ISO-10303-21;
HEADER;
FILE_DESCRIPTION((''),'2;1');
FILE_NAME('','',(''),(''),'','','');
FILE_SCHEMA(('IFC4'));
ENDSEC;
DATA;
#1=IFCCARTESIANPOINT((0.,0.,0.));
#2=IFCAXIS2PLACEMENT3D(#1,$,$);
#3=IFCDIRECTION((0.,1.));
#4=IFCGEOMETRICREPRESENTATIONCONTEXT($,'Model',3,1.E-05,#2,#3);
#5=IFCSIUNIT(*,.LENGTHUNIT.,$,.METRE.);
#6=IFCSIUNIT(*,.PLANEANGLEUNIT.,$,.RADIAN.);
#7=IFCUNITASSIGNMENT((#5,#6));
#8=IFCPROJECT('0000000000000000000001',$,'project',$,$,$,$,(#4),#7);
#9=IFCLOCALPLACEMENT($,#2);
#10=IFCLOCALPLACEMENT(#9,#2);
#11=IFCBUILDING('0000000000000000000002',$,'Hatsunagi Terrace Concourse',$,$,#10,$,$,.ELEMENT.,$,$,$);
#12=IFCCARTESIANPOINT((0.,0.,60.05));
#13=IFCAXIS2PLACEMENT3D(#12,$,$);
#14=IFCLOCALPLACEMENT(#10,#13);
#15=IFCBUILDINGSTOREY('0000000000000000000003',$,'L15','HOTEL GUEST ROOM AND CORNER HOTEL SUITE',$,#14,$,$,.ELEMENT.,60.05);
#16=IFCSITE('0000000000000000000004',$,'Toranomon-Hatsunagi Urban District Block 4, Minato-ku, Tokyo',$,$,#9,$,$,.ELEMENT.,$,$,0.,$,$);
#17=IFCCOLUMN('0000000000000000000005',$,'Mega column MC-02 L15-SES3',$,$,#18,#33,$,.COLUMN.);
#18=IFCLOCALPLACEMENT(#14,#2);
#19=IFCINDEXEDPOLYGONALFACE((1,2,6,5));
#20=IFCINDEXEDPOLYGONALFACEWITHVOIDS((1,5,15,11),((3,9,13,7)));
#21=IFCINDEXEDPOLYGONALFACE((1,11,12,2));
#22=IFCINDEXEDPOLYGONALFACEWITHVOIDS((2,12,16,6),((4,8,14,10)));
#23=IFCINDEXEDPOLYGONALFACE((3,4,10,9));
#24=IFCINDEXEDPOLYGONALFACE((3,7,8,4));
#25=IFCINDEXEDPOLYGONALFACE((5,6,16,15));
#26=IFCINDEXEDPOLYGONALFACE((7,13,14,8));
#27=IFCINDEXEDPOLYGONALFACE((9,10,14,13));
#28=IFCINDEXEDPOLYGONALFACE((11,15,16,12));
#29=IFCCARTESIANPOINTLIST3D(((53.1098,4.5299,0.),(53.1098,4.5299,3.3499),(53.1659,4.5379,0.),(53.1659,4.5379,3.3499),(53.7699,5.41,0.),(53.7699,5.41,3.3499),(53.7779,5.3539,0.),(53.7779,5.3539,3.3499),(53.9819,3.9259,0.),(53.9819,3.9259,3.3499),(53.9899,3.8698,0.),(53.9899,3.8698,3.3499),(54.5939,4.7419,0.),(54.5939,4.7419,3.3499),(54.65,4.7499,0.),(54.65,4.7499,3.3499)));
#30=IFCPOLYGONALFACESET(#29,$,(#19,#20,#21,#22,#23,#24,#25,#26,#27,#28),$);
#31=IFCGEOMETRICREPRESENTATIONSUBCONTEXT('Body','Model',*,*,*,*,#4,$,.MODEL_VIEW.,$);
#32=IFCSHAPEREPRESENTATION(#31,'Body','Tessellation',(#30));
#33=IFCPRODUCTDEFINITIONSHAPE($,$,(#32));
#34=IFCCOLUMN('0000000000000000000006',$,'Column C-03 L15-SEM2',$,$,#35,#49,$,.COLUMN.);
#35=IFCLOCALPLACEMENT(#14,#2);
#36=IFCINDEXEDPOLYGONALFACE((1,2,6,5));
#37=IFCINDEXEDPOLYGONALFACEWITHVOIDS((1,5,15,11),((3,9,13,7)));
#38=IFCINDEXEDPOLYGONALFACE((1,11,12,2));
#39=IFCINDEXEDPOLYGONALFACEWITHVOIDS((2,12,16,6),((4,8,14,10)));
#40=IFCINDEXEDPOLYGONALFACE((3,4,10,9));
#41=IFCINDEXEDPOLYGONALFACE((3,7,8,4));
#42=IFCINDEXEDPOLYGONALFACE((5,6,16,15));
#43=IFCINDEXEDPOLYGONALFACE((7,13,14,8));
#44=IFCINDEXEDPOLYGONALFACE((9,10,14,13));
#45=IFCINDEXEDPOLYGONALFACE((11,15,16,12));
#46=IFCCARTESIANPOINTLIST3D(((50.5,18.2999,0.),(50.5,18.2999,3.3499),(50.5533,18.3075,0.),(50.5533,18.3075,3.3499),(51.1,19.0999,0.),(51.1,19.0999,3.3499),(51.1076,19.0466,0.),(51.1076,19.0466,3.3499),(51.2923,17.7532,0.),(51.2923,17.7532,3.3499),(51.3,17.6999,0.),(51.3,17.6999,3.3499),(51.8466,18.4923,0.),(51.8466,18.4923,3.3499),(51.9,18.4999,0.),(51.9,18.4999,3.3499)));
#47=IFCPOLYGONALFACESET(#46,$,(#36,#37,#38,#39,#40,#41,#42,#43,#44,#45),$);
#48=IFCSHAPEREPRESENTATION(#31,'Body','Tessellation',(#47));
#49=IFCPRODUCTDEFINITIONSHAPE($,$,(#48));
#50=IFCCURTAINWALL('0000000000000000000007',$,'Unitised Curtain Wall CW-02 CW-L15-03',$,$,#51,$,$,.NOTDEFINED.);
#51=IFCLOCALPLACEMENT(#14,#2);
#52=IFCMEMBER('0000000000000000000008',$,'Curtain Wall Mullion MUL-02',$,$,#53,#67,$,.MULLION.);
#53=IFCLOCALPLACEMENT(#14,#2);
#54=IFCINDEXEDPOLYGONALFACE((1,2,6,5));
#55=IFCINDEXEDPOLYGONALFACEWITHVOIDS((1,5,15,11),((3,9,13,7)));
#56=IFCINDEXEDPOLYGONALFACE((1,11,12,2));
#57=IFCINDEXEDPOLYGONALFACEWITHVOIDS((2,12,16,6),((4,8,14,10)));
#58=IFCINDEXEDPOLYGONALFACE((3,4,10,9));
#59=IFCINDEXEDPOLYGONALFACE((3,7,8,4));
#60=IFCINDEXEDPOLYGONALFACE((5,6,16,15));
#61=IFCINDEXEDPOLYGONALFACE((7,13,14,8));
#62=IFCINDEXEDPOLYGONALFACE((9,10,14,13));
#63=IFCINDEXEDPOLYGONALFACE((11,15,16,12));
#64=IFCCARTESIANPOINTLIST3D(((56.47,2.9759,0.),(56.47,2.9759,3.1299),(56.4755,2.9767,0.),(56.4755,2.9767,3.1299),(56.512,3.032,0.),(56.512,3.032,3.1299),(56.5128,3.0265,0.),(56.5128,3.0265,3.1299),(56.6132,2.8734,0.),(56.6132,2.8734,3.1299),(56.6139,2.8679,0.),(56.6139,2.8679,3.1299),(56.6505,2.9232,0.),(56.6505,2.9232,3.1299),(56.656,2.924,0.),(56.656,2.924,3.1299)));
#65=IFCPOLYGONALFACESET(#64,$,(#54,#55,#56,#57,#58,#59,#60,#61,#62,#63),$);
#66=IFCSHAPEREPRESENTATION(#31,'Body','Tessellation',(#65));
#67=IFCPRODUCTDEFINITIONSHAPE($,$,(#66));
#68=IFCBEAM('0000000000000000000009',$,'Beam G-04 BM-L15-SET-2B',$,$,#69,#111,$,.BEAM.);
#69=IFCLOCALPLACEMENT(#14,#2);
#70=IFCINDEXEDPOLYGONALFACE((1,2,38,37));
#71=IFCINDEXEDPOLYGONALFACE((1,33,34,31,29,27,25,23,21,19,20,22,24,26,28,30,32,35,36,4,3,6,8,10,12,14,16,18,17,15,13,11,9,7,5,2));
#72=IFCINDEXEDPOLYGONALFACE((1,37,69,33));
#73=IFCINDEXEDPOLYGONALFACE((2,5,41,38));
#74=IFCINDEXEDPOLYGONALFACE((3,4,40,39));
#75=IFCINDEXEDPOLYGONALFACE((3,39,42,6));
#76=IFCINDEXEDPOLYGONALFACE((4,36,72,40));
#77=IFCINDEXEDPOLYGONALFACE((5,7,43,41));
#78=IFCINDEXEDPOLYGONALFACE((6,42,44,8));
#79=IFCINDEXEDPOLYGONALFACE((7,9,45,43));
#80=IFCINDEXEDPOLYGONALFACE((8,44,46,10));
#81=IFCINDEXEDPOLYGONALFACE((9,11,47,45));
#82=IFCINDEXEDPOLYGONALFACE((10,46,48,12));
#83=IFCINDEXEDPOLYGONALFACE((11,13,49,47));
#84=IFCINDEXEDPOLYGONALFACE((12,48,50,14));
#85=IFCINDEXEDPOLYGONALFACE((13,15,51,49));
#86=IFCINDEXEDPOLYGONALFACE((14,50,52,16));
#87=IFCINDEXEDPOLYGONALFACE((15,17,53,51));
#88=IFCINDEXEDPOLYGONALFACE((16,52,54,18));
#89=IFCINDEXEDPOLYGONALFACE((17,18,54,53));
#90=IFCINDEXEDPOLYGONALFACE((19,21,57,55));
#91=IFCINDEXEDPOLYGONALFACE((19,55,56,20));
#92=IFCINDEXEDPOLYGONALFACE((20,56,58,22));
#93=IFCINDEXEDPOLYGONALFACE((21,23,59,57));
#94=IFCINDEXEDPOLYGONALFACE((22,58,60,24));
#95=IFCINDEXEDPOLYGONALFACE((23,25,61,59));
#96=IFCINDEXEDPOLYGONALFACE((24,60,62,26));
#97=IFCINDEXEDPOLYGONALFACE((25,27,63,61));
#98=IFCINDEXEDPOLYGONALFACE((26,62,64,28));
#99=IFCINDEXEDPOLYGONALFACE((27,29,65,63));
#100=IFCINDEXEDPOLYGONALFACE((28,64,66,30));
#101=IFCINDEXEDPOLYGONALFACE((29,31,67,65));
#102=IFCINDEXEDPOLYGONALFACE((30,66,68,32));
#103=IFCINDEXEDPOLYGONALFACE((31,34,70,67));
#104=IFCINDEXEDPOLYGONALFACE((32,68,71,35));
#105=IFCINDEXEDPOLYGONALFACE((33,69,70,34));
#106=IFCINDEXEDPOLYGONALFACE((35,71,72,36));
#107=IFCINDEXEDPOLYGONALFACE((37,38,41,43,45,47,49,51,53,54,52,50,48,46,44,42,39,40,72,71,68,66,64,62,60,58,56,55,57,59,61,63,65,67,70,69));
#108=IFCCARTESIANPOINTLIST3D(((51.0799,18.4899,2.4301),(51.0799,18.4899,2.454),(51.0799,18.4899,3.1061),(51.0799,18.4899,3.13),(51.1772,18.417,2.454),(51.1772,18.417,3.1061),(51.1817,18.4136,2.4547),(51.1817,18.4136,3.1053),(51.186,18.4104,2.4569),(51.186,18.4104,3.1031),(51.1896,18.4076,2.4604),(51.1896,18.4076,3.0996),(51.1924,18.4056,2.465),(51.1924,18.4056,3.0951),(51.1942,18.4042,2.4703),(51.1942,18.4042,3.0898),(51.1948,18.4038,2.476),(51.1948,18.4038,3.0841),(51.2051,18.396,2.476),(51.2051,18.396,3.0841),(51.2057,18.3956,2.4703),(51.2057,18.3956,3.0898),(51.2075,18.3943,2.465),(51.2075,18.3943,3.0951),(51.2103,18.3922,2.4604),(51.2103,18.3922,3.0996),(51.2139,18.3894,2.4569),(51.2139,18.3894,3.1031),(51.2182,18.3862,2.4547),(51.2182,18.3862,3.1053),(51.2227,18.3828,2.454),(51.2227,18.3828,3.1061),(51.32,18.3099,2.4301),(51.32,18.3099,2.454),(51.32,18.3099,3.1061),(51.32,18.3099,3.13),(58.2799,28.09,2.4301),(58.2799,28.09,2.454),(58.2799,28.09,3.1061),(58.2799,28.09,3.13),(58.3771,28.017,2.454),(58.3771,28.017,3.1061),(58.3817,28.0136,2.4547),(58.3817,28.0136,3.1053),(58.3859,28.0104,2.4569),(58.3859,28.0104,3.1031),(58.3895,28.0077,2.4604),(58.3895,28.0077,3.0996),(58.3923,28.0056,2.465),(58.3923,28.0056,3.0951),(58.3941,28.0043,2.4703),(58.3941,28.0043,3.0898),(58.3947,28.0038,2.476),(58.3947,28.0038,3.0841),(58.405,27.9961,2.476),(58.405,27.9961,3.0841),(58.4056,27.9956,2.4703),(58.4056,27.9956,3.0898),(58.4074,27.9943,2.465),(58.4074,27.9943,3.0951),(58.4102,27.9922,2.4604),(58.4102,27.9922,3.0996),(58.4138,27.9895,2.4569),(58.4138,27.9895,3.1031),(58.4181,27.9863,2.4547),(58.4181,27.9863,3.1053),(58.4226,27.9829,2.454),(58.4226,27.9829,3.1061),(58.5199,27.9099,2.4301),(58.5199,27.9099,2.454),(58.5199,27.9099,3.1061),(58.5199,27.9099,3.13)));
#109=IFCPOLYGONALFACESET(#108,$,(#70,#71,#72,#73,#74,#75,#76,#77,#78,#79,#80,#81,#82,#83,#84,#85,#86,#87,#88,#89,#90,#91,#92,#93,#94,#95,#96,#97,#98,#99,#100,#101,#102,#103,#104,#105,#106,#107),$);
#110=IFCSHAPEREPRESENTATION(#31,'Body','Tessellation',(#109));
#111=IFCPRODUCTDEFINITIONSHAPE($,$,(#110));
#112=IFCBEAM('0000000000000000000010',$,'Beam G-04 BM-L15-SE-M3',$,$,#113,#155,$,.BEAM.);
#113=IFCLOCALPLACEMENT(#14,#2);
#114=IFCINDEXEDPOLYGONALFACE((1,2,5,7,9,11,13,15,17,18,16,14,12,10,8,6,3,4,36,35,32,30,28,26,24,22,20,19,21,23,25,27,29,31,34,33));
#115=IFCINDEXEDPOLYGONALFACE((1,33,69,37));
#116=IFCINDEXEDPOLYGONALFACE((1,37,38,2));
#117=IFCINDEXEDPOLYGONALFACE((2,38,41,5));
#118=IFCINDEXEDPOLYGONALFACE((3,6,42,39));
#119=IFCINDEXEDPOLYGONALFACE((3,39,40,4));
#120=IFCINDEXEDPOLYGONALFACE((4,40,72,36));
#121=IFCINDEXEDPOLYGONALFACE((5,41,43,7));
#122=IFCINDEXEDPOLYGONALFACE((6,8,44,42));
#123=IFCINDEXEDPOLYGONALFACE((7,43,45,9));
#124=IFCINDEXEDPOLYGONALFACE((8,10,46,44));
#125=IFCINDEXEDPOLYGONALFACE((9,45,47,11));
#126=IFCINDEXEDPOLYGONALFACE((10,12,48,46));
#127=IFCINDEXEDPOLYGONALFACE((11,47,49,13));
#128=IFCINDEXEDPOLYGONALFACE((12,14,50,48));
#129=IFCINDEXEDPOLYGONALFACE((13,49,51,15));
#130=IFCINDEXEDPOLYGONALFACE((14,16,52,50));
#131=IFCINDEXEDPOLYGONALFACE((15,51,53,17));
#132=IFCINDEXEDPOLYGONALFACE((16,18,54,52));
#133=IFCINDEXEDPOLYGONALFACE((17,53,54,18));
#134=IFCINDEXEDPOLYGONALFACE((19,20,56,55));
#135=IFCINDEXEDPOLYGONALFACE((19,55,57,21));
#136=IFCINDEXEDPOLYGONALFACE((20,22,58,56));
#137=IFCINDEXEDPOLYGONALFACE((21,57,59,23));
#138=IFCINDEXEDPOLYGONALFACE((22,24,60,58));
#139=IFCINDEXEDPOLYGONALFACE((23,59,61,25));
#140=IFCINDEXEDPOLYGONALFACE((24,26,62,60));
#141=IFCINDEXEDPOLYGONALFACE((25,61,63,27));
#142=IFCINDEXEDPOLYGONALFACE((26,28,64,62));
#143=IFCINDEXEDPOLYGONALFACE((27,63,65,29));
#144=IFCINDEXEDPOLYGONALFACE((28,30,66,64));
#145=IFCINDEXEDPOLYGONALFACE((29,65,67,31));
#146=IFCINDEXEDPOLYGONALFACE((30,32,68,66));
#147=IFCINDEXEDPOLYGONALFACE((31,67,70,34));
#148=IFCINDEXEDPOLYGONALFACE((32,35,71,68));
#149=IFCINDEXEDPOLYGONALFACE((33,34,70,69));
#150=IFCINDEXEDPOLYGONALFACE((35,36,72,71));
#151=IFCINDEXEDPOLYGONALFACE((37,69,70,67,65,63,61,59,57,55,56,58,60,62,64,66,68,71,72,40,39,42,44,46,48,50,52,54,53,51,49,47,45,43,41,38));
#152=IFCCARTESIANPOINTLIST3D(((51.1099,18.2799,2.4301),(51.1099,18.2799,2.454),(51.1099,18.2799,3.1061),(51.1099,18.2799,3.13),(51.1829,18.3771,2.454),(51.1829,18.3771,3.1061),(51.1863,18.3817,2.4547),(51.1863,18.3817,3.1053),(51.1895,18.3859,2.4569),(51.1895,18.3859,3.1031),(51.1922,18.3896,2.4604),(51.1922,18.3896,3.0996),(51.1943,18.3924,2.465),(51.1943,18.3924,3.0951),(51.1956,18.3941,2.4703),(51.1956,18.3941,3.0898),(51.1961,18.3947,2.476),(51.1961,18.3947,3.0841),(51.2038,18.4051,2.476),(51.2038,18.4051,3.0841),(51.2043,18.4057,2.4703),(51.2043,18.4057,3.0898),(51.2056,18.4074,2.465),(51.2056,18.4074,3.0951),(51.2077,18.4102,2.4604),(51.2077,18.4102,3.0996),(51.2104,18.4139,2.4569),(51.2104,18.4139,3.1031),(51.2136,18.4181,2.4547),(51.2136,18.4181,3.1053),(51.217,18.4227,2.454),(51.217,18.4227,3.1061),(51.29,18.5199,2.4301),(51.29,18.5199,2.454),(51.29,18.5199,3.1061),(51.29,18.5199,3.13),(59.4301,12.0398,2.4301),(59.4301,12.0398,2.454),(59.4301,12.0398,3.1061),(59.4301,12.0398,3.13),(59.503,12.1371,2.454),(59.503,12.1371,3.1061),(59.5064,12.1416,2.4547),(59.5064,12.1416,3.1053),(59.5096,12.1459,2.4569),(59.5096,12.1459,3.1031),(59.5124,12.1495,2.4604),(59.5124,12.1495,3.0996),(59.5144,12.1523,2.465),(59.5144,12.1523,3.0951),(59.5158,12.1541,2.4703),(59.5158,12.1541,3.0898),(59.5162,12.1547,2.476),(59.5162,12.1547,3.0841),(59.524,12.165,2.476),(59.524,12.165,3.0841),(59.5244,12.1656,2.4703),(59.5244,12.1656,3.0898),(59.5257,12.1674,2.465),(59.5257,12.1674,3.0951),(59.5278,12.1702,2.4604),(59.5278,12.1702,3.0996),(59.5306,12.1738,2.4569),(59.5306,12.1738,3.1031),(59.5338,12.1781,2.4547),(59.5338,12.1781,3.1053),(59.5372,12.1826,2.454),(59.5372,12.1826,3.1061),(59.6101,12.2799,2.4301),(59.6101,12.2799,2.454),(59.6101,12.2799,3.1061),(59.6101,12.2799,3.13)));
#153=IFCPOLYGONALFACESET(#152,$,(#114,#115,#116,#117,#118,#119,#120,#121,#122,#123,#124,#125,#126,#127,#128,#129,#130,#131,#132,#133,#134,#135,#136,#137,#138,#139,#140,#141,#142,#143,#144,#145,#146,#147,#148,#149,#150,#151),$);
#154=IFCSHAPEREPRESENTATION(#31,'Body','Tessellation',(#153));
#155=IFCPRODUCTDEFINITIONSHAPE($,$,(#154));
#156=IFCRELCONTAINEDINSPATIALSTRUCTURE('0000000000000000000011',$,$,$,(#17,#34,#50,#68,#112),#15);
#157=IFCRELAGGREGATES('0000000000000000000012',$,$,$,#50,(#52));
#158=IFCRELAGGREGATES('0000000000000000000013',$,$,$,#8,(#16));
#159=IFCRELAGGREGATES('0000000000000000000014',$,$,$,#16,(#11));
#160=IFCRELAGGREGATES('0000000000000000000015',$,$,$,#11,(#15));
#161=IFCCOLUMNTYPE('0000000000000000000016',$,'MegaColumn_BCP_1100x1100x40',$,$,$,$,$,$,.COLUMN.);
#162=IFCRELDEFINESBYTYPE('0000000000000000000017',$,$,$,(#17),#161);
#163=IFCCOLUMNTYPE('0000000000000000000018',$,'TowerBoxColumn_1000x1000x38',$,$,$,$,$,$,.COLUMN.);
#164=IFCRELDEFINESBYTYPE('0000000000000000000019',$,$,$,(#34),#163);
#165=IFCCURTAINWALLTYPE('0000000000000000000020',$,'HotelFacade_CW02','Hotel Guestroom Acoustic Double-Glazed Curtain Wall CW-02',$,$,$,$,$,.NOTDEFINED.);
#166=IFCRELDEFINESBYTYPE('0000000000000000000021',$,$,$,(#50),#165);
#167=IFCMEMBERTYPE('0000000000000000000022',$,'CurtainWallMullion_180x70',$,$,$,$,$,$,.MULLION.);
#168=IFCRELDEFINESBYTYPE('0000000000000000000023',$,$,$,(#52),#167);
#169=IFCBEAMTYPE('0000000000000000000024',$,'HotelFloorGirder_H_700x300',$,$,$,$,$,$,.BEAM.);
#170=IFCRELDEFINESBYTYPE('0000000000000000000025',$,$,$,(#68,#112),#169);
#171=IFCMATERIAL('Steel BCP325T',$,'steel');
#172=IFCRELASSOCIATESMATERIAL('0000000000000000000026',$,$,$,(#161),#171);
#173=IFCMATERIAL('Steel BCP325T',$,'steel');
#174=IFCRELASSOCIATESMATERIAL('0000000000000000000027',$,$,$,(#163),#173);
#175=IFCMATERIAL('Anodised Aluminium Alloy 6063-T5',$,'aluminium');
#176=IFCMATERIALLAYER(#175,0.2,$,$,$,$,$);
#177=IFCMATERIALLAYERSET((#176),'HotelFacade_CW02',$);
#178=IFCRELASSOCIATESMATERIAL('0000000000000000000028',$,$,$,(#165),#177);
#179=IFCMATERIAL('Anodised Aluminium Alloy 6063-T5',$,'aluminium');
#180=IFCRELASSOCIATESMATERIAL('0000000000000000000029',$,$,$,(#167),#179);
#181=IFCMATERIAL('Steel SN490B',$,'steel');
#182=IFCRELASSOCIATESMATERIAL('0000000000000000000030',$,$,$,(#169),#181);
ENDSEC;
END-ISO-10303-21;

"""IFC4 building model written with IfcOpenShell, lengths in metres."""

from ifc_helpers import new_model, si_unit, direction, frame, origin, origin_2d, place, context, subcontext, project, spatial, hollow_rectangle, i_section, extrude, material, layer, layer_set, material_profile, profile_set, type_object, element, aggregate, save


model = new_model("IFC4")

# Units and contexts
model_context = context("Model", 3, precision=1e-05, world=origin(), true_north=direction((0.0, 1.0)))
body_context = subcontext(model_context, "Body", "Model", "MODEL_VIEW")
ifc_project = project(units=[si_unit("LENGTHUNIT", "METRE"), si_unit("PLANEANGLEUNIT", "RADIAN")], contexts=[model_context])

# Site, building, storey
site_placement = place(None, origin())
site = spatial("IfcSite", under=ifc_project, at=site_placement, Name="Toranomon-Hatsunagi Urban District Block 4, Minato-ku, Tokyo", CompositionType="ELEMENT", RefElevation=0.0)
building_placement = place(site_placement, origin())
building = spatial("IfcBuilding", under=site, at=building_placement, Name="Hatsunagi Terrace Concourse", CompositionType="ELEMENT")
storey_placement = place(building_placement, frame((0.0, 0.0, 60.05)))
storey = spatial("IfcBuildingStorey", under=building, at=storey_placement, Name="L15", Description="HOTEL GUEST ROOM AND CORNER HOTEL SUITE", CompositionType="ELEMENT", Elevation=60.05)

# Columns
ifc_material_1 = material(Name="Steel BCP325T", Category="steel")
ifc_material_profile_1 = material_profile(ifc_material_1, hollow_rectangle(XDim=1.1001, YDim=1.1001, WallThickness=0.04, at=origin_2d()), Name="BCP-1100x1100x40")
ifc_profile_set_1 = profile_set([ifc_material_profile_1], Name="Steel BCP325T")
column_type_1 = type_object("IfcColumnType", Name="MegaColumn_BCP_1100x1100x40", PredefinedType="COLUMN", material=ifc_profile_set_1)
column_1_placement = place(storey_placement, frame((53.8799, 4.6399, 0.0), z_axis=(0.0, 0.0, 1.0), x_axis=(0.8, -0.6, 0.0)))
element("IfcColumn", 1, at=column_1_placement, inside=storey, type_object=column_type_1, Name="Mega column MC-02 L15-SES3", PredefinedType="COLUMN", context=body_context, shape_type="SweptSolid", body=[
    extrude(hollow_rectangle(XDim=1.1001, YDim=1.1001, WallThickness=0.04, at=origin_2d()), origin(), (0.0, 0.0, 1.0), 3.3499),
])
ifc_material_2 = material(Name="Steel BCP325T", Category="steel")
ifc_material_profile_2 = material_profile(ifc_material_2, hollow_rectangle(XDim=1.0, YDim=1.0, WallThickness=0.0381, at=origin_2d()), Name="BCP-1000x1000x38")
ifc_profile_set_2 = profile_set([ifc_material_profile_2], Name="Steel BCP325T")
column_type_2 = type_object("IfcColumnType", Name="TowerBoxColumn_1000x1000x38", PredefinedType="COLUMN", material=ifc_profile_set_2)
column_2_placement = place(storey_placement, frame((51.2, 18.3999, 0.0), z_axis=(0.0, 0.0, 1.0), x_axis=(0.8, -0.6, 0.0)))
element("IfcColumn", 2, at=column_2_placement, inside=storey, type_object=column_type_2, Name="Column C-03 L15-SEM2", PredefinedType="COLUMN", context=body_context, shape_type="SweptSolid", body=[
    extrude(hollow_rectangle(XDim=1.0, YDim=1.0, WallThickness=0.0381, at=origin_2d()), origin(), (0.0, 0.0, 1.0), 3.3499),
])

# Curtain wall, member
ifc_material_3 = material(Name="Anodised Aluminium Alloy 6063-T5", Category="aluminium")
ifc_layer_1 = layer(ifc_material_3, 0.2)
ifc_layer_set_1 = layer_set([ifc_layer_1], Name="HotelFacade_CW02")
curtain_wall_type = type_object("IfcCurtainWallType", Name="HotelFacade_CW02", Description="Hotel Guestroom Acoustic Double-Glazed Curtain Wall CW-02", PredefinedType="NOTDEFINED", material=ifc_layer_set_1)
curtain_wall_placement = place(storey_placement, origin())
curtain_wall = element("IfcCurtainWall", 3, at=curtain_wall_placement, inside=storey, type_object=curtain_wall_type, Name="Unitised Curtain Wall CW-02 CW-L15-03", PredefinedType="NOTDEFINED")
ifc_material_4 = material(Name="Anodised Aluminium Alloy 6063-T5", Category="aluminium")
ifc_material_profile_3 = material_profile(ifc_material_4, hollow_rectangle(XDim=0.0701, YDim=0.1799, WallThickness=0.0039, at=origin_2d()), Name="ALU-MUL-180x70x4")
ifc_profile_set_3 = profile_set([ifc_material_profile_3], Name="Anodised Aluminium Alloy 6063-T5")
member_type = type_object("IfcMemberType", Name="CurtainWallMullion_180x70", PredefinedType="MULLION", material=ifc_profile_set_3)
member_placement = place(storey_placement, frame((56.563, 2.95, 0.0), z_axis=(0.0, 0.0, 1.0), x_axis=(-0.599969, -0.800023, 0.0)))
member = element("IfcMember", 4, at=member_placement, type_object=member_type, Name="Curtain Wall Mullion MUL-02", PredefinedType="MULLION", context=body_context, shape_type="SweptSolid", body=[
    extrude(hollow_rectangle(XDim=0.0701, YDim=0.1799, WallThickness=0.0039, at=origin_2d()), origin(), (0.0, 0.0, 1.0), 3.1299),
])
aggregate(curtain_wall, [member])

# Beams
ifc_material_5 = material(Name="Steel SN490B", Category="steel")
ifc_material_profile_4 = material_profile(ifc_material_5, i_section(OverallWidth=0.3, OverallDepth=0.7, WebThickness=0.0129, FlangeThickness=0.0239, FilletRadius=0.022, at=origin_2d()), Name="H-700x300x13x24")
ifc_profile_set_4 = profile_set([ifc_material_profile_4], Name="Steel SN490B")
beam_type_1 = type_object("IfcBeamType", Name="HotelFloorGirder_H_700x300", PredefinedType="BEAM", material=ifc_profile_set_4)
beam_1_placement = place(storey_placement, frame((51.2, 18.3999, 2.78), z_axis=(0.599993, 0.800005, 0.0), x_axis=(-0.800005, 0.599993, 0.0)))
element("IfcBeam", 5, at=beam_1_placement, inside=storey, type_object=beam_type_1, Name="Beam G-04 BM-L15-SET-2B", PredefinedType="BEAM", context=body_context, shape_type="SweptSolid", body=[
    extrude(i_section(OverallWidth=0.3, OverallDepth=0.7, WebThickness=0.0129, FlangeThickness=0.0239, FilletRadius=0.022, at=origin_2d()), origin(), (0.0, 0.0, 1.0), 12.0),
])
beam_2_placement = place(storey_placement, frame((51.2, 18.3999, 2.78), z_axis=(0.800003, -0.599996, 0.0), x_axis=(0.599996, 0.800003, 0.0)))
element("IfcBeam", 6, at=beam_2_placement, inside=storey, type_object=beam_type_1, Name="Beam G-04 BM-L15-SE-M3", PredefinedType="BEAM", context=body_context, shape_type="SweptSolid", body=[
    extrude(i_section(OverallWidth=0.3, OverallDepth=0.7, WebThickness=0.0129, FlangeThickness=0.0239, FilletRadius=0.022, at=origin_2d()), origin(), (0.0, 0.0, 1.0), 10.4001),
])

save(model, "model.ifc")
